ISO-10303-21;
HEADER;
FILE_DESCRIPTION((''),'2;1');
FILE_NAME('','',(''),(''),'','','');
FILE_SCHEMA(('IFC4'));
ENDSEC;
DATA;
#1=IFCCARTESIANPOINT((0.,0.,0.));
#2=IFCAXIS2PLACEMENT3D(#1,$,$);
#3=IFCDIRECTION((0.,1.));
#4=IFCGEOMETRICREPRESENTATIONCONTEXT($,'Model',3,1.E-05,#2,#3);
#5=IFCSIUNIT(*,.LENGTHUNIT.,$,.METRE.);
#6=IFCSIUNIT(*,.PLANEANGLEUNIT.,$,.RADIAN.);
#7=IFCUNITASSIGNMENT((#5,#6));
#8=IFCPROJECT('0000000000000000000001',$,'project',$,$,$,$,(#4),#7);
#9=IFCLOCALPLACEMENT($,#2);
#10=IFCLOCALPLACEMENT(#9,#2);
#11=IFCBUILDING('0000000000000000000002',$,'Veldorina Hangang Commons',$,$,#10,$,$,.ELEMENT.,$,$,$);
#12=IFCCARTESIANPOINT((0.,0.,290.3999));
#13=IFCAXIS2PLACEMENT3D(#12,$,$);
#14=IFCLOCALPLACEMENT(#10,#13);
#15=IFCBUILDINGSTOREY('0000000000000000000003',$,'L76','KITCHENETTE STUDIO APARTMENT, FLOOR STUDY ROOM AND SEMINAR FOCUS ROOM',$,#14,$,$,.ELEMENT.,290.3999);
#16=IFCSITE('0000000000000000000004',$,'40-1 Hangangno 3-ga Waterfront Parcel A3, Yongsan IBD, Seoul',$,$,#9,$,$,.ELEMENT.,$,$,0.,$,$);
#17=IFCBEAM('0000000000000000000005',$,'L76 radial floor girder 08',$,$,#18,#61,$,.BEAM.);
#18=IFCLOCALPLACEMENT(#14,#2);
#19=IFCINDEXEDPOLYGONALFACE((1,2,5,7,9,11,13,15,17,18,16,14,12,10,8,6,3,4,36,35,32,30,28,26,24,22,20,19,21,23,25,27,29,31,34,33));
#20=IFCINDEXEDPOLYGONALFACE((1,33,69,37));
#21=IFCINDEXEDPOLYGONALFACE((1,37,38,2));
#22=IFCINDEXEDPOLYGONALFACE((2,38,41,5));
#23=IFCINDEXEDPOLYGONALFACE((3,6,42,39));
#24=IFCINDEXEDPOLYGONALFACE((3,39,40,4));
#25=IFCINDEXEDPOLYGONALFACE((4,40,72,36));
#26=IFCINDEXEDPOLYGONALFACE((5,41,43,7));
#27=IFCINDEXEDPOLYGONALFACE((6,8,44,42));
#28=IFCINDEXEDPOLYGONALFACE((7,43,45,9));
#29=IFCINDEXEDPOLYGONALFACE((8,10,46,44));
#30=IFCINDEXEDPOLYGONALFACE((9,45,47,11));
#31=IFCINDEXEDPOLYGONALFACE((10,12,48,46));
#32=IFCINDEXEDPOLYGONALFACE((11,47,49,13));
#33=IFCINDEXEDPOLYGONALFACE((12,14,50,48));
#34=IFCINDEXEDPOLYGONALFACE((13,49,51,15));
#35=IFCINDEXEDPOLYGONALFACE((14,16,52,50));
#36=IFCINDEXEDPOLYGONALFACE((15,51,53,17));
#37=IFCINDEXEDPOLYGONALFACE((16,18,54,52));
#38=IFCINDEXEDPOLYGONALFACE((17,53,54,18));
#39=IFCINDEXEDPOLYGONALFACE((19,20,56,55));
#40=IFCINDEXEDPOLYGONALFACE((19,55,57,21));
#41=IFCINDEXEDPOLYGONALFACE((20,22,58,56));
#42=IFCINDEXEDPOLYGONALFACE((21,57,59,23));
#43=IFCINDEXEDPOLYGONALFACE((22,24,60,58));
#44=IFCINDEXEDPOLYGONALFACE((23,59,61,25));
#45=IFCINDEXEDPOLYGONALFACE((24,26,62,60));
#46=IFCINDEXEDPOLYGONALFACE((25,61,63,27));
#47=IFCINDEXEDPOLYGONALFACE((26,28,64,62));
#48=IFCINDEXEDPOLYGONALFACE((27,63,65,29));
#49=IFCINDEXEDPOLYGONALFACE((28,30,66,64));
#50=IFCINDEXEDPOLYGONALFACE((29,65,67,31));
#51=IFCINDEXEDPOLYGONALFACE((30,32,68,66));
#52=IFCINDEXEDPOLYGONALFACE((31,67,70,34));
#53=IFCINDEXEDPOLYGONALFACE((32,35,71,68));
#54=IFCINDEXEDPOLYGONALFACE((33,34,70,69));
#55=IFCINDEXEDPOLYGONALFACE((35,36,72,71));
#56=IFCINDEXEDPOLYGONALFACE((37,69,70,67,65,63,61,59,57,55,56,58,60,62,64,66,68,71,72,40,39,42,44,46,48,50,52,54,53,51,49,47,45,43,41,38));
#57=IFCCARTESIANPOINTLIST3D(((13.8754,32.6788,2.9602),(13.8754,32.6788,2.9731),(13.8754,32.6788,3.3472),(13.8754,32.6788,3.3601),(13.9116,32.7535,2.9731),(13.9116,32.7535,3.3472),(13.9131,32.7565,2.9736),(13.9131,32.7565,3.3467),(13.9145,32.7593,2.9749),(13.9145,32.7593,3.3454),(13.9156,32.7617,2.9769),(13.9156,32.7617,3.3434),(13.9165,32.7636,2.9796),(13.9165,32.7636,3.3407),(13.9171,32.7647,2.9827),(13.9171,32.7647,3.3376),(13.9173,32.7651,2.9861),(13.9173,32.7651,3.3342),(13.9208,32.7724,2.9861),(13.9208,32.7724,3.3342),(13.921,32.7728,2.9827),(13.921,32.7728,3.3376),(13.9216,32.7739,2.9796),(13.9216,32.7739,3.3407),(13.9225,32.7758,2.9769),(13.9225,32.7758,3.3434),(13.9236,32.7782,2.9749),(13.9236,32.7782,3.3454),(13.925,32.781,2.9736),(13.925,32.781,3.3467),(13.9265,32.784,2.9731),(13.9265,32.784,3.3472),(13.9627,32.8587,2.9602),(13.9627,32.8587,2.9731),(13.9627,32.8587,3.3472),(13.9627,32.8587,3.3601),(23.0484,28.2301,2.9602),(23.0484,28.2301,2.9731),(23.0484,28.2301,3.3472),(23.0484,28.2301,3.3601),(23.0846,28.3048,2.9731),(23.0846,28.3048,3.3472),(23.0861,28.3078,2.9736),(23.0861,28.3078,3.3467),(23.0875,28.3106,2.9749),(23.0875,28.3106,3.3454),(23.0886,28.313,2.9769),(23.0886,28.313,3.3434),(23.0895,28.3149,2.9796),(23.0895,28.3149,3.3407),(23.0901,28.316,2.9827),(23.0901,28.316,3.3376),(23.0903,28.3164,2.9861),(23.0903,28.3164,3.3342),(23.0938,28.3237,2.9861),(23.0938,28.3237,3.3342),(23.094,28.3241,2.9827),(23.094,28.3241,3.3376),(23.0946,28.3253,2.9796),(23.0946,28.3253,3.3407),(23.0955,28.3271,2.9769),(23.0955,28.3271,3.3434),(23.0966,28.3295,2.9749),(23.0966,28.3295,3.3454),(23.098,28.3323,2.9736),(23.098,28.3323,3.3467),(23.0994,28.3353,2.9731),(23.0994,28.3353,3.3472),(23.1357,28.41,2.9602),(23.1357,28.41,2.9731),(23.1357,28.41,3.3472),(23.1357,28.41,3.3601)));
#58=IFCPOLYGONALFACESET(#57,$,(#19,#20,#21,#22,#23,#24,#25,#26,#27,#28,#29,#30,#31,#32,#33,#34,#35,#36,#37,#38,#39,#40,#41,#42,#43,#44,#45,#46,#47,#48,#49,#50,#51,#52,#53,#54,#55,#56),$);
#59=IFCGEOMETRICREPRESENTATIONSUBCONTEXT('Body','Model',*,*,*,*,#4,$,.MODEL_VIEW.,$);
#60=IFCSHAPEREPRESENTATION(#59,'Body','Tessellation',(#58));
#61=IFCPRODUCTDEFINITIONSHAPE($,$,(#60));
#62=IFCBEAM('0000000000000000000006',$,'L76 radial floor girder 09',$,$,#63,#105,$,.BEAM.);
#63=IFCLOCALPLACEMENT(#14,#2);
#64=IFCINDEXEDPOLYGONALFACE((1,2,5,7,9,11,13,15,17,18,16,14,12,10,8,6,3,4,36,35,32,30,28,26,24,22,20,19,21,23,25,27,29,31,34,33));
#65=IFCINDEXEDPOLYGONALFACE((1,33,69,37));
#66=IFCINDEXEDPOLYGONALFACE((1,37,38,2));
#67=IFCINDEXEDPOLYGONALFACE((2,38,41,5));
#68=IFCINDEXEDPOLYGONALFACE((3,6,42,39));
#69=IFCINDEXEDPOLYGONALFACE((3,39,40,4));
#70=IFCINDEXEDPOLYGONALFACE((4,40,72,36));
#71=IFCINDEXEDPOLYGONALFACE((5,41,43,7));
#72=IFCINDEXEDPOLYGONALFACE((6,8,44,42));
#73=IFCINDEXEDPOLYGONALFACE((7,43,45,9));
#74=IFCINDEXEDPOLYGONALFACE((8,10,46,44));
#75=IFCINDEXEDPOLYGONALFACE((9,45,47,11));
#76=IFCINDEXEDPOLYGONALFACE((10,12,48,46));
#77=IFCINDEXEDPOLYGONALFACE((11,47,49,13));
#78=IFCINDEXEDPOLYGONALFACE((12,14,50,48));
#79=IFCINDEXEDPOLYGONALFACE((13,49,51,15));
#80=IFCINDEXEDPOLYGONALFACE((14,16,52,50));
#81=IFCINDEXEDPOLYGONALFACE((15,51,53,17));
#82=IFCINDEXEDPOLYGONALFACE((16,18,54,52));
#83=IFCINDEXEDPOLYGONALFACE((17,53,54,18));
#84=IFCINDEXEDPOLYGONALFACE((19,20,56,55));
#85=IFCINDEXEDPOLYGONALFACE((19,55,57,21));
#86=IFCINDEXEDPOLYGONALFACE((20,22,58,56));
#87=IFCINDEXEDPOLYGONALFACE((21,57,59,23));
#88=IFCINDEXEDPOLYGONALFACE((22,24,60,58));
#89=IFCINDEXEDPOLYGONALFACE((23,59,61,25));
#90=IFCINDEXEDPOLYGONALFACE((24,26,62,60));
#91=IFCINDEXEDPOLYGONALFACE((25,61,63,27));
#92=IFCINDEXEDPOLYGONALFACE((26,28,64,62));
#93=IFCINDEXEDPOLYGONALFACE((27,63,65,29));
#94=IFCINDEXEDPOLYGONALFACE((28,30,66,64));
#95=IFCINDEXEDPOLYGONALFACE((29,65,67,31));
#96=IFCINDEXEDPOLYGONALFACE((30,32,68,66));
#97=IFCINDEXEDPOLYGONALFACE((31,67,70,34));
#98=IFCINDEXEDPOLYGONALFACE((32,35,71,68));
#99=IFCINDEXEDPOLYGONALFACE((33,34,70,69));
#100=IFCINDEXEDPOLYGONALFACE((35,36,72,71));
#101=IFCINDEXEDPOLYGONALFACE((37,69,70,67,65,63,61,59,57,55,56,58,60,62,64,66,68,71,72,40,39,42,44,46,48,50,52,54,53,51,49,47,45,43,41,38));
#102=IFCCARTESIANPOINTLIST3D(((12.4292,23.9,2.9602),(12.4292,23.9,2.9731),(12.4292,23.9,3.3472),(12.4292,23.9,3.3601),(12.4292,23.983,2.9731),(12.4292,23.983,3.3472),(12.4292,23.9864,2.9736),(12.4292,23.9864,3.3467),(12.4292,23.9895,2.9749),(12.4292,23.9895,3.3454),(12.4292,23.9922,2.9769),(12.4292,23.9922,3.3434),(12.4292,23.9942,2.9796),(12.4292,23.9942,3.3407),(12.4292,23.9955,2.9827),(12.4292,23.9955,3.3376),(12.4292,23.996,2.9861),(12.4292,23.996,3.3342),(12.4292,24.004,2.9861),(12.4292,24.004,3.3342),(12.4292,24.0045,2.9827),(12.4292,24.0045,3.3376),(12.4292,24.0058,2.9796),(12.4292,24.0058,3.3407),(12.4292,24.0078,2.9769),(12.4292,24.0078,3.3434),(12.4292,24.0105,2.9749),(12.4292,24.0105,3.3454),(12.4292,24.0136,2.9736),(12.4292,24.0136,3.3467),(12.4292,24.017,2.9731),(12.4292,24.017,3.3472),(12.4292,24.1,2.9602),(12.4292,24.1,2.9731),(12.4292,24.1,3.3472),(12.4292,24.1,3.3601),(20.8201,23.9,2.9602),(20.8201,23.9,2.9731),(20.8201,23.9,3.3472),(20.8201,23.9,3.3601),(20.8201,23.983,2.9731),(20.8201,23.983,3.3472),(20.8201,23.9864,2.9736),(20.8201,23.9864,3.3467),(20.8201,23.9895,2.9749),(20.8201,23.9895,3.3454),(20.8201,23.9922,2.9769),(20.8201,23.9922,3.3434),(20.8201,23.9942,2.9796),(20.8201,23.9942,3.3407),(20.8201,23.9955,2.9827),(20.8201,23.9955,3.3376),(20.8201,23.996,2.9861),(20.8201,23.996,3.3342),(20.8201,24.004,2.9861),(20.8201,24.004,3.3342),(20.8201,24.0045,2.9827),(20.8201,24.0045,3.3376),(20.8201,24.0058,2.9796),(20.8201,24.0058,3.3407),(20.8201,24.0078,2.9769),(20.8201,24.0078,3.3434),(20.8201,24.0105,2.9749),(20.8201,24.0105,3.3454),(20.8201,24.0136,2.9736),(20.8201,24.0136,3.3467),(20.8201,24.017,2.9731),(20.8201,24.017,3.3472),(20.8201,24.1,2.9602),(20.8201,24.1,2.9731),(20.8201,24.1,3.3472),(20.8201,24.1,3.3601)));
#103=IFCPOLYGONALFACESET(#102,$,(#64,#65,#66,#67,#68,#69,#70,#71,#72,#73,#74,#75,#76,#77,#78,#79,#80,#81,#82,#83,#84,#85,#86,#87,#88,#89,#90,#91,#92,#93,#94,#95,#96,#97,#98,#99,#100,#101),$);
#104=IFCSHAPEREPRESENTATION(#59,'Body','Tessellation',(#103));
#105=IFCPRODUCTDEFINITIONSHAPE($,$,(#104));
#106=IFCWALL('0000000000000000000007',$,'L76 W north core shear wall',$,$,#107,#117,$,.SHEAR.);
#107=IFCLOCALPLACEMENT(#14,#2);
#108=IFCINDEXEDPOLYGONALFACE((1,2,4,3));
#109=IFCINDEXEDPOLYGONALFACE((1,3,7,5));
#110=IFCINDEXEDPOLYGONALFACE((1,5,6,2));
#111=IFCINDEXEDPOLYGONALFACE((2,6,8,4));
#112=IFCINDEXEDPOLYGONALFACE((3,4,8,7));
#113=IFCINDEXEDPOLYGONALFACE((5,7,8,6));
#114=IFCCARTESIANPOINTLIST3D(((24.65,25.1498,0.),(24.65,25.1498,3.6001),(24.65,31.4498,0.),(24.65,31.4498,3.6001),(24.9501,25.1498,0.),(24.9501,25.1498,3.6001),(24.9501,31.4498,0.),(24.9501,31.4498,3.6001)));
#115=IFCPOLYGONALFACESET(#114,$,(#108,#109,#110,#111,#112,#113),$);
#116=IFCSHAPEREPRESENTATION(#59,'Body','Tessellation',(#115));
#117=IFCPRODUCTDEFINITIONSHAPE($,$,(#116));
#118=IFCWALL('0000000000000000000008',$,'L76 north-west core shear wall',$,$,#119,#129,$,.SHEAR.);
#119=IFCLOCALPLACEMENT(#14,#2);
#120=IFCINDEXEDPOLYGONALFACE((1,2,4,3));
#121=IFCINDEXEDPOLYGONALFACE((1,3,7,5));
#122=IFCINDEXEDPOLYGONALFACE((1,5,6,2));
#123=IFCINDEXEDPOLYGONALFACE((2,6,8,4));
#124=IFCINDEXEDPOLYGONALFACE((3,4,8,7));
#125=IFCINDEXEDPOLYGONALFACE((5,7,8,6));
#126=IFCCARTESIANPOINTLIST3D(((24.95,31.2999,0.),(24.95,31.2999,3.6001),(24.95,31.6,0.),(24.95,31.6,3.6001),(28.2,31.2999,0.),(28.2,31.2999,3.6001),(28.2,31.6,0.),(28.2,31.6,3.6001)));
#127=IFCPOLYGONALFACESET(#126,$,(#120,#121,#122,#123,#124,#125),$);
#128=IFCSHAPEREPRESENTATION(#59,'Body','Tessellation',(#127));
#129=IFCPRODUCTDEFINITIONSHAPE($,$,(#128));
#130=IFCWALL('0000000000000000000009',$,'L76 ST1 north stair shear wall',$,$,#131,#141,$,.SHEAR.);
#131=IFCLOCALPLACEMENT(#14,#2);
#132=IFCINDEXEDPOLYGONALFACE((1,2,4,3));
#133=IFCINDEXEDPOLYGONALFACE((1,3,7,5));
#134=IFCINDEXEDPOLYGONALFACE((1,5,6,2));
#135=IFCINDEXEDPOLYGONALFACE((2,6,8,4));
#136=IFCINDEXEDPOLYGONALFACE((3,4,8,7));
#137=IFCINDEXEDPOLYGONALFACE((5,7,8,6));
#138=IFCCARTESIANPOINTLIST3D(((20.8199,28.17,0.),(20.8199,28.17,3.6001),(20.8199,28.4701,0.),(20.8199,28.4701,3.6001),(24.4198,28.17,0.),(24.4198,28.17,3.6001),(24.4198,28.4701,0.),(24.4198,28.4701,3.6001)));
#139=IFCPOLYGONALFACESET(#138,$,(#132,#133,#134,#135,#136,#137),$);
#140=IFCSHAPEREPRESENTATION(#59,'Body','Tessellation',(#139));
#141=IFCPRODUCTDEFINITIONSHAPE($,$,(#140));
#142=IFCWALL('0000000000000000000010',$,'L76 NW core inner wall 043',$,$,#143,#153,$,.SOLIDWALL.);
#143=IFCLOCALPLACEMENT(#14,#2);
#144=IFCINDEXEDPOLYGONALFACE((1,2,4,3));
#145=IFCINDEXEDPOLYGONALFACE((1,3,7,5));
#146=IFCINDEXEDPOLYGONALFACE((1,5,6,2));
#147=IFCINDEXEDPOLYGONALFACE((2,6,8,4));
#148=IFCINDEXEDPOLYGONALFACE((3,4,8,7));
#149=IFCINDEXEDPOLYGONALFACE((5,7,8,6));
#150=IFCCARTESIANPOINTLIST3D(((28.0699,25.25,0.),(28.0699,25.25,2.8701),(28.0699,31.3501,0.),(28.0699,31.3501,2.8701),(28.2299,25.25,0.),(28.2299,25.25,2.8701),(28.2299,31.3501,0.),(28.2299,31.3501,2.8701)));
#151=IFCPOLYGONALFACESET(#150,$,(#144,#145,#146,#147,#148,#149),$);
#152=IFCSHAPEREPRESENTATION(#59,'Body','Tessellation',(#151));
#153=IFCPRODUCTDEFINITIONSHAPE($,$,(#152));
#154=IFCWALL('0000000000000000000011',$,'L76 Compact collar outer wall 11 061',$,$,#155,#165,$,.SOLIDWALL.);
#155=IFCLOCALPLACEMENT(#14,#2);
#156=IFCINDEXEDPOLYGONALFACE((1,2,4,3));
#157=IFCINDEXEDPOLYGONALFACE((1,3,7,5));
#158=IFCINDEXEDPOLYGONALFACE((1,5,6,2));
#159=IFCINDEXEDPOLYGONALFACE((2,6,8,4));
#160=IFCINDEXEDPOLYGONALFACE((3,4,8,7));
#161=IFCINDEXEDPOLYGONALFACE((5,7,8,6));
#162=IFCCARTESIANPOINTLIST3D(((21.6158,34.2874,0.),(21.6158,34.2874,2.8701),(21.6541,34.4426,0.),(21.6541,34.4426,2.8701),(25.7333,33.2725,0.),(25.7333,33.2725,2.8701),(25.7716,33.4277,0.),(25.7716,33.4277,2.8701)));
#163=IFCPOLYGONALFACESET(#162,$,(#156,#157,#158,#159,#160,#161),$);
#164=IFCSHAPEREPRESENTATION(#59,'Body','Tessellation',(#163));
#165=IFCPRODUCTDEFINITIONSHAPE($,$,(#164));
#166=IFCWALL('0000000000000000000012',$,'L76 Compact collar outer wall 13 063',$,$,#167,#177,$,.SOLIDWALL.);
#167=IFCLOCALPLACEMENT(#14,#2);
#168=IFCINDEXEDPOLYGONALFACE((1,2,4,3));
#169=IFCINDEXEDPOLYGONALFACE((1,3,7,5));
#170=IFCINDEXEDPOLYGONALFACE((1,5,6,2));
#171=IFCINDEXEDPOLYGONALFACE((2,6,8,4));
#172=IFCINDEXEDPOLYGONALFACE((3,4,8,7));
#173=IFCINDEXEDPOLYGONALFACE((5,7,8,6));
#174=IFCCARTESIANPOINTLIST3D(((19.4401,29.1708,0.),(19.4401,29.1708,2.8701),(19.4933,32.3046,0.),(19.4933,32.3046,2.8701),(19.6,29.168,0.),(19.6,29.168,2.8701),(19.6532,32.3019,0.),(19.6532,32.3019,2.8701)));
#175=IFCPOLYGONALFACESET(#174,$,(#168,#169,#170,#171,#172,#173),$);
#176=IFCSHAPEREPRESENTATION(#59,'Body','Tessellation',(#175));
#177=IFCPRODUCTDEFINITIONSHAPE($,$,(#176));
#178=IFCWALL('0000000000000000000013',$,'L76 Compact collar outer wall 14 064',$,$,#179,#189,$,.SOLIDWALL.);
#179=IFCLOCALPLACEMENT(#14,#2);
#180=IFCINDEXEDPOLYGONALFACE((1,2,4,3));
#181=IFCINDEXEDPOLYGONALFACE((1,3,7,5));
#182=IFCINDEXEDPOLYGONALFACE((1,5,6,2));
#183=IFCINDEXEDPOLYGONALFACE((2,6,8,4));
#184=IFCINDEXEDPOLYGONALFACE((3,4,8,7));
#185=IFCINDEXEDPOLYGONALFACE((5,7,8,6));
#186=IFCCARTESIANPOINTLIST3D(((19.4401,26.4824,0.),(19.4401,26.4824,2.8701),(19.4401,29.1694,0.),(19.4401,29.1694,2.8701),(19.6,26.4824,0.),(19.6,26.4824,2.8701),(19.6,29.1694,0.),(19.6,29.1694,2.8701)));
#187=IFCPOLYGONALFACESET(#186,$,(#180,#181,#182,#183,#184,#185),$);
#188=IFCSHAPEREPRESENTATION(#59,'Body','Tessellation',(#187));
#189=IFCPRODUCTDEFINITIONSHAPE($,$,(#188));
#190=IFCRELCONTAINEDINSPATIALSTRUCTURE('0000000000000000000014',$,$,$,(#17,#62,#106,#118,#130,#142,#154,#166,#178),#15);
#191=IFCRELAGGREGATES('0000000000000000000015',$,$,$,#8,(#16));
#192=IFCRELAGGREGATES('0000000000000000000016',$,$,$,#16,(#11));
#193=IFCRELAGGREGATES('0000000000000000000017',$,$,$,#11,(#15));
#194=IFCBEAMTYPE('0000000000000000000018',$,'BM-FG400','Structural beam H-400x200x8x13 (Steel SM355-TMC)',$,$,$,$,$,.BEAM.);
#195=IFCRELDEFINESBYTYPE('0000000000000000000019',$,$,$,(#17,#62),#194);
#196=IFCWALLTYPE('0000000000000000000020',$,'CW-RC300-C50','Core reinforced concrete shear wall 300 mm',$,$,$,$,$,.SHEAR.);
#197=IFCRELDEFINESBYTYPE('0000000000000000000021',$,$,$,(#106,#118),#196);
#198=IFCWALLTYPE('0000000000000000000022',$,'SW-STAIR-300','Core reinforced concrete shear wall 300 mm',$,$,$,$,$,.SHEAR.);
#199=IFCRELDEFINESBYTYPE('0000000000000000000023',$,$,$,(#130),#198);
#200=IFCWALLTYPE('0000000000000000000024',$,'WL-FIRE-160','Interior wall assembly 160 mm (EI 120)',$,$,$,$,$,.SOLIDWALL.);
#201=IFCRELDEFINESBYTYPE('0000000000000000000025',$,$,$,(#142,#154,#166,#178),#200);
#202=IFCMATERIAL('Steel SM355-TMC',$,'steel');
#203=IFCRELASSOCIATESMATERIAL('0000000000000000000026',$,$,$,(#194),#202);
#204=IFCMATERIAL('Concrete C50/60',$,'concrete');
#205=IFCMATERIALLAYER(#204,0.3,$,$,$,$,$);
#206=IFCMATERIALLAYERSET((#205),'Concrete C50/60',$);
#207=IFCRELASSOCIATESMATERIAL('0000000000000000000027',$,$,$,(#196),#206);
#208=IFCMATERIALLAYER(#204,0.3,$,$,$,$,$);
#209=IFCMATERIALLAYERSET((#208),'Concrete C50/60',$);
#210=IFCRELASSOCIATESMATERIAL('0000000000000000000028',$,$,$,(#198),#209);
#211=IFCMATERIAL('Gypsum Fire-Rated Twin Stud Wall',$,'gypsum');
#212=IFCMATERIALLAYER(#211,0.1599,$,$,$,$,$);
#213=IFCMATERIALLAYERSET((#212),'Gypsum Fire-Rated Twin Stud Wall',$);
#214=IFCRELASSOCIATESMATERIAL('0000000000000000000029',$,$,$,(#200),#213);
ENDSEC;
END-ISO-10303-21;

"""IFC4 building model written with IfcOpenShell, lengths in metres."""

from ifc_helpers import new_model, si_unit, direction, frame, frame_2d, origin, origin_2d, place, context, subcontext, project, spatial, rectangle, i_section, extrude, material, layer, layer_set, material_profile, profile_set, type_object, element, save


model = new_model("IFC4")

# Units and contexts
model_context = context("Model", 3, precision=1e-05, world=origin(), true_north=direction((0.0, 1.0)))
body_context = subcontext(model_context, "Body", "Model", "MODEL_VIEW")
ifc_project = project(units=[si_unit("LENGTHUNIT", "METRE"), si_unit("PLANEANGLEUNIT", "RADIAN")], contexts=[model_context])

# Site, building, storey
site_placement = place(None, origin())
site = spatial("IfcSite", under=ifc_project, at=site_placement, Name="40-1 Hangangno 3-ga Waterfront Parcel A3, Yongsan IBD, Seoul", CompositionType="ELEMENT", RefElevation=0.0)
building_placement = place(site_placement, origin())
building = spatial("IfcBuilding", under=site, at=building_placement, Name="Veldorina Hangang Commons", CompositionType="ELEMENT")
storey_placement = place(building_placement, frame((0.0, 0.0, 290.3999)))
storey = spatial("IfcBuildingStorey", under=building, at=storey_placement, Name="L76", Description="KITCHENETTE STUDIO APARTMENT, FLOOR STUDY ROOM AND SEMINAR FOCUS ROOM", CompositionType="ELEMENT", Elevation=290.3999)

# Beams
ifc_material_1 = material(Name="Concrete C50/60", Category="concrete")
ifc_material_2 = material(Name="Steel SM355-TMC", Category="steel")
ifc_material_profile_1 = material_profile(ifc_material_2, i_section(OverallWidth=0.2, OverallDepth=0.3999, WebThickness=0.0081, FlangeThickness=0.0129, FilletRadius=0.0129, at=origin_2d()), Name="H-400x200x8x13")
ifc_profile_set_1 = profile_set([ifc_material_profile_1], Name="Steel SM355-TMC")
beam_type_1 = type_object("IfcBeamType", Name="BM-FG400", Description="Structural beam H-400x200x8x13 (Steel SM355-TMC)", PredefinedType="BEAM", material=ifc_profile_set_1)
beam_1_placement = place(storey_placement, frame((23.092, 28.3201, 3.1602), z_axis=(-0.899769, 0.436366, 0.0), x_axis=(-0.436366, -0.899769, 0.0)))
element("IfcBeam", 1, at=beam_1_placement, inside=storey, type_object=beam_type_1, Name="L76 radial floor girder 08", PredefinedType="BEAM", context=body_context, shape_type="SweptSolid", body=[
    extrude(i_section(OverallWidth=0.2, OverallDepth=0.3999, WebThickness=0.0081, FlangeThickness=0.0129, FilletRadius=0.0129, at=origin_2d()), origin(), (0.0, 0.0, 1.0), 10.1948),
])
beam_2_placement = place(storey_placement, frame((20.8201, 24.0, 3.1602), z_axis=(-1.0, 0.0, 0.0), x_axis=(0.0, -1.0, 0.0)))
element("IfcBeam", 2, at=beam_2_placement, inside=storey, type_object=beam_type_1, Name="L76 radial floor girder 09", PredefinedType="BEAM", context=body_context, shape_type="SweptSolid", body=[
    extrude(i_section(OverallWidth=0.2, OverallDepth=0.3999, WebThickness=0.0081, FlangeThickness=0.0129, FilletRadius=0.0129, at=origin_2d()), origin(), (0.0, 0.0, 1.0), 8.3909),
])

# Walls
ifc_layer_1 = layer(ifc_material_1, 0.3)
ifc_layer_set_1 = layer_set([ifc_layer_1], Name="Concrete C50/60")
wall_type_1 = type_object("IfcWallType", Name="CW-RC300-C50", Description="Core reinforced concrete shear wall 300 mm", PredefinedType="SHEAR", material=ifc_layer_set_1)
wall_1_placement = place(storey_placement, frame((24.8, 25.1499, 0.0), z_axis=(0.0, 0.0, 1.0), x_axis=(0.0, 1.0, 0.0)))
element("IfcWall", 3, at=wall_1_placement, inside=storey, type_object=wall_type_1, Name="L76 W north core shear wall", PredefinedType="SHEAR", context=body_context, shape_type="SweptSolid", body=[
    extrude(rectangle(XDim=6.3, YDim=0.3, at=frame_2d((3.1499, 0.0))), origin(), (0.0, 0.0, 1.0), 3.6001),
])
wall_2_placement = place(storey_placement, frame((24.95, 31.45, 0.0), z_axis=(0.0, 0.0, 1.0), x_axis=(1.0, 0.0, 0.0)))
element("IfcWall", 4, at=wall_2_placement, inside=storey, type_object=wall_type_1, Name="L76 north-west core shear wall", PredefinedType="SHEAR", context=body_context, shape_type="SweptSolid", body=[
    extrude(rectangle(XDim=3.25, YDim=0.3, at=frame_2d((1.625, 0.0))), origin(), (0.0, 0.0, 1.0), 3.6001),
])
ifc_layer_2 = layer(ifc_material_1, 0.3)
ifc_layer_set_2 = layer_set([ifc_layer_2], Name="Concrete C50/60")
wall_type_2 = type_object("IfcWallType", Name="SW-STAIR-300", Description="Core reinforced concrete shear wall 300 mm", PredefinedType="SHEAR", material=ifc_layer_set_2)
wall_3_placement = place(storey_placement, frame((20.8201, 28.3201, 0.0), z_axis=(0.0, 0.0, 1.0), x_axis=(1.0, 0.0, 0.0)))
element("IfcWall", 5, at=wall_3_placement, inside=storey, type_object=wall_type_2, Name="L76 ST1 north stair shear wall", PredefinedType="SHEAR", context=body_context, shape_type="SweptSolid", body=[
    extrude(rectangle(XDim=3.5999, YDim=0.3, at=frame_2d((1.7998, 0.0))), origin(), (0.0, 0.0, 1.0), 3.6001),
])
ifc_material_3 = material(Name="Gypsum Fire-Rated Twin Stud Wall", Category="gypsum")
ifc_layer_3 = layer(ifc_material_3, 0.1599)
ifc_layer_set_3 = layer_set([ifc_layer_3], Name="Gypsum Fire-Rated Twin Stud Wall")
wall_type_3 = type_object("IfcWallType", Name="WL-FIRE-160", Description="Interior wall assembly 160 mm (EI 120)", PredefinedType="SOLIDWALL", material=ifc_layer_set_3)
wall_4_placement = place(storey_placement, frame((28.1499, 25.25, 0.0), z_axis=(0.0, 0.0, 1.0), x_axis=(0.0, 1.0, 0.0)))
element("IfcWall", 6, at=wall_4_placement, inside=storey, type_object=wall_type_3, Name="L76 NW core inner wall 043", PredefinedType="SOLIDWALL", context=body_context, shape_type="SweptSolid", body=[
    extrude(rectangle(XDim=6.1001, YDim=0.1599, at=frame_2d((3.05, 0.0))), origin(), (0.0, 0.0, 1.0), 2.8701),
])
wall_5_placement = place(storey_placement, frame((25.7524, 33.3501, 0.0), z_axis=(0.0, 0.0, 1.0), x_axis=(-0.97094, 0.239324, 0.0)))
element("IfcWall", 7, at=wall_5_placement, inside=storey, type_object=wall_type_3, Name="L76 Compact collar outer wall 11 061", PredefinedType="SOLIDWALL", context=body_context, shape_type="SweptSolid", body=[
    extrude(rectangle(XDim=4.2407, YDim=0.1599, at=frame_2d((2.1204, 0.0))), origin(), (0.0, 0.0, 1.0), 2.8701),
])
wall_6_placement = place(storey_placement, frame((19.5732, 32.3032, 0.0), z_axis=(0.0, 0.0, 1.0), x_axis=(-0.016981, -0.999856, 0.0)))
element("IfcWall", 8, at=wall_6_placement, inside=storey, type_object=wall_type_3, Name="L76 Compact collar outer wall 13 063", PredefinedType="SOLIDWALL", context=body_context, shape_type="SweptSolid", body=[
    extrude(rectangle(XDim=3.1343, YDim=0.1599, at=frame_2d((1.5671, 0.0))), origin(), (0.0, 0.0, 1.0), 2.8701),
])
wall_7_placement = place(storey_placement, frame((19.52, 29.1694, 0.0), z_axis=(0.0, 0.0, 1.0), x_axis=(0.0, -1.0, 0.0)))
element("IfcWall", 9, at=wall_7_placement, inside=storey, type_object=wall_type_3, Name="L76 Compact collar outer wall 14 064", PredefinedType="SOLIDWALL", context=body_context, shape_type="SweptSolid", body=[
    extrude(rectangle(XDim=2.687, YDim=0.1599, at=frame_2d((1.3435, 0.0))), origin(), (0.0, 0.0, 1.0), 2.8701),
])

save(model, "model.ifc")
